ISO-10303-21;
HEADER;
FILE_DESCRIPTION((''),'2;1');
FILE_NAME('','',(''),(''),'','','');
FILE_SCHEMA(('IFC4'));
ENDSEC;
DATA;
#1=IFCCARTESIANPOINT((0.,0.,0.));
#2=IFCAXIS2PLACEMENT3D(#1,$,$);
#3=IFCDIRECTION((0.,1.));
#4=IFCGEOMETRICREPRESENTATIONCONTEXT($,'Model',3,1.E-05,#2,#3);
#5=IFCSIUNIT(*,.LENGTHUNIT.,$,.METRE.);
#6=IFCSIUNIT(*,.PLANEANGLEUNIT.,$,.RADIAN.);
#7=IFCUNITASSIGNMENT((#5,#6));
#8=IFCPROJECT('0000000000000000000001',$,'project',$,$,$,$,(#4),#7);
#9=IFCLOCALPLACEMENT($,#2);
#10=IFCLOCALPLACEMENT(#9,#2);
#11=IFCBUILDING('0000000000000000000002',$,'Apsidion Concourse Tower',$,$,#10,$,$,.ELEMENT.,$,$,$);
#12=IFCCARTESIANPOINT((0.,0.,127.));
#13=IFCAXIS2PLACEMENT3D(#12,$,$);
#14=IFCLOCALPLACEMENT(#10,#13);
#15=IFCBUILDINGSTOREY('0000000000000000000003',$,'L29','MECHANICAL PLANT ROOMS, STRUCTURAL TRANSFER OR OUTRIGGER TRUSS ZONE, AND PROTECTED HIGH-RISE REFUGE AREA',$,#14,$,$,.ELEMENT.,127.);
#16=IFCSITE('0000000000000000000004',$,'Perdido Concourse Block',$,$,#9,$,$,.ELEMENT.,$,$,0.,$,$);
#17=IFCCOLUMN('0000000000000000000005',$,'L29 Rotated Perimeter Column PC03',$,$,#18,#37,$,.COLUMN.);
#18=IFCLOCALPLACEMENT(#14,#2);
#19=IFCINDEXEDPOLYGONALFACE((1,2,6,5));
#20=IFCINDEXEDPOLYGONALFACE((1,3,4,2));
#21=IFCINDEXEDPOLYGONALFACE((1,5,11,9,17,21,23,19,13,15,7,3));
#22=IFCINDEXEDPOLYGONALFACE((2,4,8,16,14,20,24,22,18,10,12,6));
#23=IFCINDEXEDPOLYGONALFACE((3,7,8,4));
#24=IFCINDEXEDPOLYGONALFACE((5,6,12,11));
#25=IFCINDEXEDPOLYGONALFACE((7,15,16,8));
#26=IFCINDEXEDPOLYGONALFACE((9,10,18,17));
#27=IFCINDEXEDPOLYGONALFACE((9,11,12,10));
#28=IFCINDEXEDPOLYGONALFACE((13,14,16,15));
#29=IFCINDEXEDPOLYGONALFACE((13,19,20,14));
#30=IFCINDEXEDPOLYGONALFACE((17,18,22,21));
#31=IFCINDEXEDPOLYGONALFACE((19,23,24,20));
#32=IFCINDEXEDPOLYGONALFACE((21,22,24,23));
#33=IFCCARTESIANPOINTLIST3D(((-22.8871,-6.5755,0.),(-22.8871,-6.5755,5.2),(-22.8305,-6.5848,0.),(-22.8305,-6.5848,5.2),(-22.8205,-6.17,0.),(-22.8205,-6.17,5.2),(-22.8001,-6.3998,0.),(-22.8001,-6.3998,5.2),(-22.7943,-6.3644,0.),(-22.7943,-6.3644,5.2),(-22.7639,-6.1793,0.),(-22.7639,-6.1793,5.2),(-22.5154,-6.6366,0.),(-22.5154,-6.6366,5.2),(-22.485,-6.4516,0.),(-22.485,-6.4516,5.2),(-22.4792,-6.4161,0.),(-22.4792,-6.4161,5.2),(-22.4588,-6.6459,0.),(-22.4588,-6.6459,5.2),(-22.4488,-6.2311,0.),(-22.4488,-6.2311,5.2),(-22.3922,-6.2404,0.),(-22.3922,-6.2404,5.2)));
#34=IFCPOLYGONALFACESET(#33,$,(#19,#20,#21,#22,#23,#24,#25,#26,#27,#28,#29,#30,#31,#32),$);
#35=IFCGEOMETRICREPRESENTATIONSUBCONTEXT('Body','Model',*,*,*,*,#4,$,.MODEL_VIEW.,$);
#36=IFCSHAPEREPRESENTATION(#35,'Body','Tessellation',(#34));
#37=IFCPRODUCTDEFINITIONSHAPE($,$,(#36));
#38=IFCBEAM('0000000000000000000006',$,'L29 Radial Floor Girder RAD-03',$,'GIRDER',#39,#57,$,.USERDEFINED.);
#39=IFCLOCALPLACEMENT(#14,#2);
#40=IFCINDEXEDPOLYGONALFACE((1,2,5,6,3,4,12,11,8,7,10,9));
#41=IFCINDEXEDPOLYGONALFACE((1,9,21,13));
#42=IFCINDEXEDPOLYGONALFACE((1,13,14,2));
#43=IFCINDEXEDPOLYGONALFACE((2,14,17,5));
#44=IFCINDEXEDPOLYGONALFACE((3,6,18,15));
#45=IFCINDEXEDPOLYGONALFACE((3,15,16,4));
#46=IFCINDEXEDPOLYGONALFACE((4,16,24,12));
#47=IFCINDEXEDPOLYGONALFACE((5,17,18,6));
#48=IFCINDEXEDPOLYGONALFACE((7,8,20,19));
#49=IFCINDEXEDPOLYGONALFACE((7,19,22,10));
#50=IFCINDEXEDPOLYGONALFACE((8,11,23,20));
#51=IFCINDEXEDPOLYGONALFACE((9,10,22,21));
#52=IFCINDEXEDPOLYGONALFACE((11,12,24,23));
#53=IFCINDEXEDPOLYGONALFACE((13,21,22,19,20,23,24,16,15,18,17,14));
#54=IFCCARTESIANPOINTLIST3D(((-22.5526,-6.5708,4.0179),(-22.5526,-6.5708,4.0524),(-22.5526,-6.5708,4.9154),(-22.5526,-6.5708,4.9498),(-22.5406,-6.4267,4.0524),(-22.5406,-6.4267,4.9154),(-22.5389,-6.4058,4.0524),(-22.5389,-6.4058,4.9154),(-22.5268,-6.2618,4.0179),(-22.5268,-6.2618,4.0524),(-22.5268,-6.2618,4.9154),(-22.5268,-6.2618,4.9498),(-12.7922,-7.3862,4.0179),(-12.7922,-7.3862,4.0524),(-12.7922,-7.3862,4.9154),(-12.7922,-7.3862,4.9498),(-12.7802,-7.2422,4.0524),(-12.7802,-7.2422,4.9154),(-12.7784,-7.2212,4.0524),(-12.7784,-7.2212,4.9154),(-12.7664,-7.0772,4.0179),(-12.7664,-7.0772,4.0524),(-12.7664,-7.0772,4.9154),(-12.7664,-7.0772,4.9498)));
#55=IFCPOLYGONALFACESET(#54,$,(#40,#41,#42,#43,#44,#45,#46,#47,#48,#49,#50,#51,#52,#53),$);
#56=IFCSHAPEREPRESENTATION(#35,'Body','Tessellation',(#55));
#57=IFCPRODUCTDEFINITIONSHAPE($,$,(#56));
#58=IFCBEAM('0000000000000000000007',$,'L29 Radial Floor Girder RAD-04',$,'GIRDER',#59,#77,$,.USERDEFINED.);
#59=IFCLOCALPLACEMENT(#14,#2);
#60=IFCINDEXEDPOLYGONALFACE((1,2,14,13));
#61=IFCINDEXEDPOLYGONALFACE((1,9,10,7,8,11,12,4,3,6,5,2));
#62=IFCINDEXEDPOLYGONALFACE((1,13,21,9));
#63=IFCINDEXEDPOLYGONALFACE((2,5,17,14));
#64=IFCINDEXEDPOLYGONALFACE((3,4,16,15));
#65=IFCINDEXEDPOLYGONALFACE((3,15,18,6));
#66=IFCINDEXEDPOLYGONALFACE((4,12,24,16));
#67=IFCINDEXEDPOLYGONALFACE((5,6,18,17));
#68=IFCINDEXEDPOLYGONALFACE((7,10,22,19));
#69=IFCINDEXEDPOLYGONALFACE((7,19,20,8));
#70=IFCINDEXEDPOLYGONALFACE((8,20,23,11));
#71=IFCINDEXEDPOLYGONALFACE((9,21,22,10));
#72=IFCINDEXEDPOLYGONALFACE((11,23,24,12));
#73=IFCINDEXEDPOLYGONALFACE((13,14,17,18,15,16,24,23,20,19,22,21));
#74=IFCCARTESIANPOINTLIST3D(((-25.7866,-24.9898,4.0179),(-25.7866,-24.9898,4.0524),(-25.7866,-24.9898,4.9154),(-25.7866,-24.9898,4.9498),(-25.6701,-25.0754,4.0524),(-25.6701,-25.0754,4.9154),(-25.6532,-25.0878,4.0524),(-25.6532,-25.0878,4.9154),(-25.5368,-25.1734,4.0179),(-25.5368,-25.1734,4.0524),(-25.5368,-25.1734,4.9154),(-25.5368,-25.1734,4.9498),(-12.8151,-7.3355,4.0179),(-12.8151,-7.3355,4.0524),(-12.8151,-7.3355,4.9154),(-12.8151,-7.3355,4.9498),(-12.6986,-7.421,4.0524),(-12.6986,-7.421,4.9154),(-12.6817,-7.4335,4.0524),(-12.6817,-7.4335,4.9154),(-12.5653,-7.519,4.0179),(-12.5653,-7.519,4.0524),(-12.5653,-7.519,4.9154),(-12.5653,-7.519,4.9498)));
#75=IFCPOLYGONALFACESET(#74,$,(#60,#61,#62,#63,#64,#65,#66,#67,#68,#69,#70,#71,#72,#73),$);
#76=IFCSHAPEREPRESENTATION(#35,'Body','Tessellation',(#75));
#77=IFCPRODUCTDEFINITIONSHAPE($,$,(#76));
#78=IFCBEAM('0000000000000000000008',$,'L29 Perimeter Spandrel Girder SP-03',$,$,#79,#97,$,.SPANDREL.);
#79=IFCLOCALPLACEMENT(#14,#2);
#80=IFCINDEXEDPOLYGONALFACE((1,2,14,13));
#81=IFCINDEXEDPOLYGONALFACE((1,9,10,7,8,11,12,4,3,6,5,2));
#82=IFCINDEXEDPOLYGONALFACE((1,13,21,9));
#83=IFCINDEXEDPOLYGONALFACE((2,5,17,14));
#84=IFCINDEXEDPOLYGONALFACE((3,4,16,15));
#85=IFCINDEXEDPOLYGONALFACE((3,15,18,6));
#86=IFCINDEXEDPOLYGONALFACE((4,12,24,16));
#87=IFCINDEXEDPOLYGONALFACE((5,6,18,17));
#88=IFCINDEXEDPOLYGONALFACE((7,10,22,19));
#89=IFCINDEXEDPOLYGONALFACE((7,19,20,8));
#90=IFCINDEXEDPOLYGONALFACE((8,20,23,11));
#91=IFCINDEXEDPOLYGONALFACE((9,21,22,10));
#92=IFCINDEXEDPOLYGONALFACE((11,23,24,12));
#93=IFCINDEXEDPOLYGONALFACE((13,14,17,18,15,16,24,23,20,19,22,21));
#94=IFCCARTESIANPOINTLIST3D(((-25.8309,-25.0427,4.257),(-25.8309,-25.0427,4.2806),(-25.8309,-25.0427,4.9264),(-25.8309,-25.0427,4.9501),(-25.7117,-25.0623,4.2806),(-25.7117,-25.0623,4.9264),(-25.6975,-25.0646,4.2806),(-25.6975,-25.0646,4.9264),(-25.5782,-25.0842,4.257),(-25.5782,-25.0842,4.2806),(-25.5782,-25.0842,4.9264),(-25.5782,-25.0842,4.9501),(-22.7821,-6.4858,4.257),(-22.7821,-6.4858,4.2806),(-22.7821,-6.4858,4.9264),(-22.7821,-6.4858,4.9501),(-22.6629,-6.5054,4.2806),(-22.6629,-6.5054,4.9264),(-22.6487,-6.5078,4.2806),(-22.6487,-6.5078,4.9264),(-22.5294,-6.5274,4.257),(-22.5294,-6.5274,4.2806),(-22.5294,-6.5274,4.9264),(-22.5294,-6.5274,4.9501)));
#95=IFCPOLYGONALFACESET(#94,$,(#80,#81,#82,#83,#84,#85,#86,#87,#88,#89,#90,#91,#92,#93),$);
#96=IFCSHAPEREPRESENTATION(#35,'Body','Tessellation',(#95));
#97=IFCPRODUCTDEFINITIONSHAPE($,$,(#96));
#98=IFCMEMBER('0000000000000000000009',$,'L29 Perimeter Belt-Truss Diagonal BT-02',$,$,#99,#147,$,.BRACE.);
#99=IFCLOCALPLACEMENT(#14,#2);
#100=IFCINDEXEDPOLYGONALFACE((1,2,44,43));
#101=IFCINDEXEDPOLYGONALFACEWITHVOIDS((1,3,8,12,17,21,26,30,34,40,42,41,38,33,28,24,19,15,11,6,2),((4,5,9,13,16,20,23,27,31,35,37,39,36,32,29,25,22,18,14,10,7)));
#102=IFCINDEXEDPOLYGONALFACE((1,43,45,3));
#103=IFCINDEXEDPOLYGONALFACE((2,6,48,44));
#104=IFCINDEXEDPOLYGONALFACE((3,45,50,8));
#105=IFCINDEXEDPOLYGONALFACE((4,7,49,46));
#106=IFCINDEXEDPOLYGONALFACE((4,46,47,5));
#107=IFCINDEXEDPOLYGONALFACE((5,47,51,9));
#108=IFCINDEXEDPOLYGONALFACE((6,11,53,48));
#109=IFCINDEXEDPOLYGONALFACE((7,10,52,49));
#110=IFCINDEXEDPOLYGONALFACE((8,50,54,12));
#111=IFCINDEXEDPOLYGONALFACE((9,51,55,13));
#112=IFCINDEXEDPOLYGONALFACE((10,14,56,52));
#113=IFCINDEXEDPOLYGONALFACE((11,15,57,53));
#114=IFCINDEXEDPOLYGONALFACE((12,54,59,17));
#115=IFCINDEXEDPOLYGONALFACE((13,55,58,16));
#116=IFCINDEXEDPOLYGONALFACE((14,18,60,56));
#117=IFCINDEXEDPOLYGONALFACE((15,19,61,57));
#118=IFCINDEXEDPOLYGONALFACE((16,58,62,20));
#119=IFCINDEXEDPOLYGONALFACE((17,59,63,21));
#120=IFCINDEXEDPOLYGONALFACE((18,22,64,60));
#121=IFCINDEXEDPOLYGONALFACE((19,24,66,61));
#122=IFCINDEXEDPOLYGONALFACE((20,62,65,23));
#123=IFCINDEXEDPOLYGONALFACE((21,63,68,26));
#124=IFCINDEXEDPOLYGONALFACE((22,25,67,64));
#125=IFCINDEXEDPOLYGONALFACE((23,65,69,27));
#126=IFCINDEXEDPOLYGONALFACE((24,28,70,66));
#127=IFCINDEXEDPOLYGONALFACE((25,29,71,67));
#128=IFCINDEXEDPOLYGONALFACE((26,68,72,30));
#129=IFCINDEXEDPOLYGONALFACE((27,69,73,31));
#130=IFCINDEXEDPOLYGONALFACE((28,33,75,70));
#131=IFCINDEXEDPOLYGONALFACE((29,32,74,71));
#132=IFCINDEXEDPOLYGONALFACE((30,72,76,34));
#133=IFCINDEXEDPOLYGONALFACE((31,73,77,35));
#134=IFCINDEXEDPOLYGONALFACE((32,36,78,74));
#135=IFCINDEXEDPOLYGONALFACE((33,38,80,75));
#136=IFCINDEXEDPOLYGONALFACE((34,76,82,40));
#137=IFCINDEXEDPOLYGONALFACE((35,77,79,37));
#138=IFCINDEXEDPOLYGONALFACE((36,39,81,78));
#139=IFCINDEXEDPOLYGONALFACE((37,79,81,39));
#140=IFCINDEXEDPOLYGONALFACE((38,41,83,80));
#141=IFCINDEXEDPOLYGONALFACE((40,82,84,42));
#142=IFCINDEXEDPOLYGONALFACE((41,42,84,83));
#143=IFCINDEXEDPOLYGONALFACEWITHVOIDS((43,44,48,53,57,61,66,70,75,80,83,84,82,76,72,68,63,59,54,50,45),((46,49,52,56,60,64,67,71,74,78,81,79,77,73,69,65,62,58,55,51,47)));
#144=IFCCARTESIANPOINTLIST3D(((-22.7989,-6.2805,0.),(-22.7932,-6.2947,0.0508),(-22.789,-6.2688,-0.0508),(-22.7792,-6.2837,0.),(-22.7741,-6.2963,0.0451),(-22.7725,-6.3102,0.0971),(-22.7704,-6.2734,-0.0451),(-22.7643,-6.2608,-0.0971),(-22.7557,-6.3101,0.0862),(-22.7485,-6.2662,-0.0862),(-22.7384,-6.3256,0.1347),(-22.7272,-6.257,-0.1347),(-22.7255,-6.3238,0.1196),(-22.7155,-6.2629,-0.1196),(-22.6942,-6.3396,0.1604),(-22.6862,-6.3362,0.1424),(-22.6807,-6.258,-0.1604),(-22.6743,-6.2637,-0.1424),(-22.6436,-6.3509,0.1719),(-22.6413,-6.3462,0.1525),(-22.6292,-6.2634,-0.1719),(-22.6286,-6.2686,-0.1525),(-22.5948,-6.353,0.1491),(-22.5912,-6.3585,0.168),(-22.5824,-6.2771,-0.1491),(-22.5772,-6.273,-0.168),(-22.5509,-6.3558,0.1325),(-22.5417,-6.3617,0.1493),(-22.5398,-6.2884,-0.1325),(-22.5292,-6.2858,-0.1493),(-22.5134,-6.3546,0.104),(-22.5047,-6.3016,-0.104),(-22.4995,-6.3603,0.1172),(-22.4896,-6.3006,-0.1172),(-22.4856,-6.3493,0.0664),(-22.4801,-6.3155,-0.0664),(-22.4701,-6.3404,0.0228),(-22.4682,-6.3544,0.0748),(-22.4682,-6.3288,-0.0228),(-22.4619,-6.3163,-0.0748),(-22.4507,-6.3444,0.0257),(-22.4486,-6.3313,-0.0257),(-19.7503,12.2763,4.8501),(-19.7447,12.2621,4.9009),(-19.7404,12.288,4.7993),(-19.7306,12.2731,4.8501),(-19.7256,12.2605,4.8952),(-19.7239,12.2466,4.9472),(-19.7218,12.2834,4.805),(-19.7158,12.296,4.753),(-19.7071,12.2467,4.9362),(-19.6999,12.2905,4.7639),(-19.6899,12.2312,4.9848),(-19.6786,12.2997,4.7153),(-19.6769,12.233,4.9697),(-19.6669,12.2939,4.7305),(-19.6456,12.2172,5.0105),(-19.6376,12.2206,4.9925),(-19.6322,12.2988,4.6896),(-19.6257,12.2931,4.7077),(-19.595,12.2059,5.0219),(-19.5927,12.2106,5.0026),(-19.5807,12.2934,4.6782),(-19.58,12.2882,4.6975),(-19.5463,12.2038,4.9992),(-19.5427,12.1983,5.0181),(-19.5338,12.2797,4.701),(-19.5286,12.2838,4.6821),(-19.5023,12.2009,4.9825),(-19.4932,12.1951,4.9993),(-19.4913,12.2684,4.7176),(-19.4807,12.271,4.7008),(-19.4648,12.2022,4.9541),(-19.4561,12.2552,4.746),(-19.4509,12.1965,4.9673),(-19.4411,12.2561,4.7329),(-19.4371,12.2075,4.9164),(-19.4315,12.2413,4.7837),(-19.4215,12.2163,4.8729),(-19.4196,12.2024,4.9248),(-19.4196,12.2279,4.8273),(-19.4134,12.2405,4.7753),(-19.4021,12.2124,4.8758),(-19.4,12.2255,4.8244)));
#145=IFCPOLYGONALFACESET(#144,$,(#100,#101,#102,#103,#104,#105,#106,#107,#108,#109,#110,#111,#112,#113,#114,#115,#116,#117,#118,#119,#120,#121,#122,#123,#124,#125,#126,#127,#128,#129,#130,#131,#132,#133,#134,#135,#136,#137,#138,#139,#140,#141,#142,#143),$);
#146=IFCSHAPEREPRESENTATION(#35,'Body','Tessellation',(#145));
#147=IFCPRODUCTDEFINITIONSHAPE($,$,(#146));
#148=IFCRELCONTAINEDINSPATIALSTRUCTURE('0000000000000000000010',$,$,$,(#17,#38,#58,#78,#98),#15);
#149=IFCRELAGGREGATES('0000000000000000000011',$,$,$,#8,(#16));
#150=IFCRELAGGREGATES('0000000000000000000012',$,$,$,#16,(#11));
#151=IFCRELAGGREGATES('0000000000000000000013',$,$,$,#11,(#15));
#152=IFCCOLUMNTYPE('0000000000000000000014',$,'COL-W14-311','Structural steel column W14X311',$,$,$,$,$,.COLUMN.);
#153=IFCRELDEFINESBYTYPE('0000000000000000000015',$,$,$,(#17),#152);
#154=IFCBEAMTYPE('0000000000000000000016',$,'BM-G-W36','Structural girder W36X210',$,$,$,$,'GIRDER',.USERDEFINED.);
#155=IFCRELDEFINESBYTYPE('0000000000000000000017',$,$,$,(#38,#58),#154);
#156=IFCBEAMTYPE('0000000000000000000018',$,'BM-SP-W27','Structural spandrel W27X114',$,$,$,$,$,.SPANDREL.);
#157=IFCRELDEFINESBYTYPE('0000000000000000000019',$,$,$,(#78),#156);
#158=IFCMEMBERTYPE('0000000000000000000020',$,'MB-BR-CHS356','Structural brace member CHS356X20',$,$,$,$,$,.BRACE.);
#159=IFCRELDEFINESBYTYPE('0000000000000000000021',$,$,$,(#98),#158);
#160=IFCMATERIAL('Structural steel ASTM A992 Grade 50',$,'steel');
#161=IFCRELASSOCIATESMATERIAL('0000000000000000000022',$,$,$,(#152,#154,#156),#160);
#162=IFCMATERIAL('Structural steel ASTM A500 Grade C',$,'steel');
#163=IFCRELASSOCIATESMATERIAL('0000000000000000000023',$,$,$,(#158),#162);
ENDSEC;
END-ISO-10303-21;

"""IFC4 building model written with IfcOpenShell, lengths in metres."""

from ifc_helpers import new_model, si_unit, direction, frame, origin, origin_2d, place, context, subcontext, project, spatial, hollow_circle, i_section, extrude, material, material_profile, profile_set, type_object, element, save


model = new_model("IFC4")

# Units and contexts
model_context = context("Model", 3, precision=1e-05, world=origin(), true_north=direction((0.0, 1.0)))
body_context = subcontext(model_context, "Body", "Model", "MODEL_VIEW")
ifc_project = project(units=[si_unit("LENGTHUNIT", "METRE"), si_unit("PLANEANGLEUNIT", "RADIAN")], contexts=[model_context])

# Site, building, storey
site_placement = place(None, origin())
site = spatial("IfcSite", under=ifc_project, at=site_placement, Name="Perdido Concourse Block", CompositionType="ELEMENT", RefElevation=0.0)
building_placement = place(site_placement, origin())
building = spatial("IfcBuilding", under=site, at=building_placement, Name="Apsidion Concourse Tower", CompositionType="ELEMENT")
storey_placement = place(building_placement, frame((0.0, 0.0, 127.0)))
storey = spatial("IfcBuildingStorey", under=building, at=storey_placement, Name="L29", Description="MECHANICAL PLANT ROOMS, STRUCTURAL TRANSFER OR OUTRIGGER TRUSS ZONE, AND PROTECTED HIGH-RISE REFUGE AREA", CompositionType="ELEMENT", Elevation=127.0)

# Column
ifc_material_1 = material(Name="Structural steel ASTM A992 Grade 50", Category="steel")
ifc_material_profile_1 = material_profile(ifc_material_1, i_section(OverallWidth=0.4109, OverallDepth=0.4341, WebThickness=0.0359, FlangeThickness=0.0574, at=origin_2d()), Name="W14X311")
ifc_profile_set_1 = profile_set([ifc_material_profile_1], Name="Structural steel ASTM A992 Grade 50")
column_type = type_object("IfcColumnType", Name="COL-W14-311", Description="Structural steel column W14X311", PredefinedType="COLUMN", material=ifc_profile_set_1)
column_placement = place(storey_placement, frame((-22.6396, -6.408, 0.0), z_axis=(0.0, 0.0, 1.0), x_axis=(0.162121, 0.986771, 0.0)))
element("IfcColumn", 1, at=column_placement, inside=storey, type_object=column_type, Name="L29 Rotated Perimeter Column PC03", PredefinedType="COLUMN", context=body_context, shape_type="SweptSolid", body=[
    extrude(i_section(OverallWidth=0.4109, OverallDepth=0.4341, WebThickness=0.0359, FlangeThickness=0.0574, at=origin_2d()), origin(), (0.0, 0.0, 1.0), 5.2),
])

# Beams
ifc_material_profile_2 = material_profile(ifc_material_1, i_section(OverallWidth=0.3101, OverallDepth=0.9319, WebThickness=0.021, FlangeThickness=0.0344, at=origin_2d()), Name="W36X210")
ifc_profile_set_2 = profile_set([ifc_material_profile_2], Name="Structural steel ASTM A992 Grade 50")
beam_type_1 = type_object("IfcBeamType", Name="BM-G-W36", Description="Structural girder W36X210", ElementType="GIRDER", PredefinedType="USERDEFINED", material=ifc_profile_set_2)
beam_1_placement = place(storey_placement, frame((-12.7793, -7.2317, 4.4839), z_axis=(-0.996528, 0.083254, 0.0), x_axis=(-0.083254, -0.996528, 0.0)))
element("IfcBeam", 2, at=beam_1_placement, inside=storey, type_object=beam_type_1, Name="L29 Radial Floor Girder RAD-03", ObjectType="GIRDER", PredefinedType="USERDEFINED", context=body_context, shape_type="SweptSolid", body=[
    extrude(i_section(OverallWidth=0.3101, OverallDepth=0.9319, WebThickness=0.021, FlangeThickness=0.0344, at=origin_2d()), origin(), (0.0, 0.0, 1.0), 9.7944),
])
beam_2_placement = place(storey_placement, frame((-12.6902, -7.4272, 4.4839), z_axis=(-0.592104, -0.805862, 0.0), x_axis=(0.805862, -0.592104, 0.0)))
element("IfcBeam", 3, at=beam_2_placement, inside=storey, type_object=beam_type_1, Name="L29 Radial Floor Girder RAD-04", ObjectType="GIRDER", PredefinedType="USERDEFINED", context=body_context, shape_type="SweptSolid", body=[
    extrude(i_section(OverallWidth=0.3101, OverallDepth=0.9319, WebThickness=0.021, FlangeThickness=0.0344, at=origin_2d()), origin(), (0.0, 0.0, 1.0), 21.9075),
])
ifc_material_profile_3 = material_profile(ifc_material_1, i_section(OverallWidth=0.2561, OverallDepth=0.6931, WebThickness=0.0144, FlangeThickness=0.0237, at=origin_2d()), Name="W27X114")
ifc_profile_set_3 = profile_set([ifc_material_profile_3], Name="Structural steel ASTM A992 Grade 50")
beam_type_2 = type_object("IfcBeamType", Name="BM-SP-W27", Description="Structural spandrel W27X114", PredefinedType="SPANDREL", material=ifc_profile_set_3)
beam_3_placement = place(storey_placement, frame((-22.6558, -6.5066, 4.6035), z_axis=(-0.162123, -0.986771, 0.0), x_axis=(0.986771, -0.162123, 0.0)))
element("IfcBeam", 4, at=beam_3_placement, inside=storey, type_object=beam_type_2, Name="L29 Perimeter Spandrel Girder SP-03", PredefinedType="SPANDREL", context=body_context, shape_type="SweptSolid", body=[
    extrude(i_section(OverallWidth=0.2561, OverallDepth=0.6931, WebThickness=0.0144, FlangeThickness=0.0237, at=origin_2d()), origin(), (0.0, 0.0, 1.0), 18.8057),
])

# Member
ifc_material_2 = material(Name="Structural steel ASTM A500 Grade C", Category="steel")
ifc_material_profile_4 = material_profile(ifc_material_2, hollow_circle(Radius=0.178, WallThickness=0.02, at=origin_2d()), Name="CHS356X20")
ifc_profile_set_4 = profile_set([ifc_material_profile_4], Name="Structural steel ASTM A500 Grade C")
member_type_1 = type_object("IfcMemberType", Name="MB-BR-CHS356", Description="Structural brace member CHS356X20", PredefinedType="BRACE", material=ifc_profile_set_4)
member_1_placement = place(storey_placement, frame((-22.6233, -6.3093, 0.0), z_axis=(0.156974, 0.955506, 0.249735), x_axis=(-0.986773, 0.16211, 0.0)))
element("IfcMember", 5, at=member_1_placement, inside=storey, type_object=member_type_1, Name="L29 Perimeter Belt-Truss Diagonal BT-02", PredefinedType="BRACE", context=body_context, shape_type="SweptSolid", body=[
    extrude(hollow_circle(Radius=0.178, WallThickness=0.02, at=origin_2d()), origin(), (0.0, 0.0, 1.0), 19.4209),
])

save(model, "model.ifc")
